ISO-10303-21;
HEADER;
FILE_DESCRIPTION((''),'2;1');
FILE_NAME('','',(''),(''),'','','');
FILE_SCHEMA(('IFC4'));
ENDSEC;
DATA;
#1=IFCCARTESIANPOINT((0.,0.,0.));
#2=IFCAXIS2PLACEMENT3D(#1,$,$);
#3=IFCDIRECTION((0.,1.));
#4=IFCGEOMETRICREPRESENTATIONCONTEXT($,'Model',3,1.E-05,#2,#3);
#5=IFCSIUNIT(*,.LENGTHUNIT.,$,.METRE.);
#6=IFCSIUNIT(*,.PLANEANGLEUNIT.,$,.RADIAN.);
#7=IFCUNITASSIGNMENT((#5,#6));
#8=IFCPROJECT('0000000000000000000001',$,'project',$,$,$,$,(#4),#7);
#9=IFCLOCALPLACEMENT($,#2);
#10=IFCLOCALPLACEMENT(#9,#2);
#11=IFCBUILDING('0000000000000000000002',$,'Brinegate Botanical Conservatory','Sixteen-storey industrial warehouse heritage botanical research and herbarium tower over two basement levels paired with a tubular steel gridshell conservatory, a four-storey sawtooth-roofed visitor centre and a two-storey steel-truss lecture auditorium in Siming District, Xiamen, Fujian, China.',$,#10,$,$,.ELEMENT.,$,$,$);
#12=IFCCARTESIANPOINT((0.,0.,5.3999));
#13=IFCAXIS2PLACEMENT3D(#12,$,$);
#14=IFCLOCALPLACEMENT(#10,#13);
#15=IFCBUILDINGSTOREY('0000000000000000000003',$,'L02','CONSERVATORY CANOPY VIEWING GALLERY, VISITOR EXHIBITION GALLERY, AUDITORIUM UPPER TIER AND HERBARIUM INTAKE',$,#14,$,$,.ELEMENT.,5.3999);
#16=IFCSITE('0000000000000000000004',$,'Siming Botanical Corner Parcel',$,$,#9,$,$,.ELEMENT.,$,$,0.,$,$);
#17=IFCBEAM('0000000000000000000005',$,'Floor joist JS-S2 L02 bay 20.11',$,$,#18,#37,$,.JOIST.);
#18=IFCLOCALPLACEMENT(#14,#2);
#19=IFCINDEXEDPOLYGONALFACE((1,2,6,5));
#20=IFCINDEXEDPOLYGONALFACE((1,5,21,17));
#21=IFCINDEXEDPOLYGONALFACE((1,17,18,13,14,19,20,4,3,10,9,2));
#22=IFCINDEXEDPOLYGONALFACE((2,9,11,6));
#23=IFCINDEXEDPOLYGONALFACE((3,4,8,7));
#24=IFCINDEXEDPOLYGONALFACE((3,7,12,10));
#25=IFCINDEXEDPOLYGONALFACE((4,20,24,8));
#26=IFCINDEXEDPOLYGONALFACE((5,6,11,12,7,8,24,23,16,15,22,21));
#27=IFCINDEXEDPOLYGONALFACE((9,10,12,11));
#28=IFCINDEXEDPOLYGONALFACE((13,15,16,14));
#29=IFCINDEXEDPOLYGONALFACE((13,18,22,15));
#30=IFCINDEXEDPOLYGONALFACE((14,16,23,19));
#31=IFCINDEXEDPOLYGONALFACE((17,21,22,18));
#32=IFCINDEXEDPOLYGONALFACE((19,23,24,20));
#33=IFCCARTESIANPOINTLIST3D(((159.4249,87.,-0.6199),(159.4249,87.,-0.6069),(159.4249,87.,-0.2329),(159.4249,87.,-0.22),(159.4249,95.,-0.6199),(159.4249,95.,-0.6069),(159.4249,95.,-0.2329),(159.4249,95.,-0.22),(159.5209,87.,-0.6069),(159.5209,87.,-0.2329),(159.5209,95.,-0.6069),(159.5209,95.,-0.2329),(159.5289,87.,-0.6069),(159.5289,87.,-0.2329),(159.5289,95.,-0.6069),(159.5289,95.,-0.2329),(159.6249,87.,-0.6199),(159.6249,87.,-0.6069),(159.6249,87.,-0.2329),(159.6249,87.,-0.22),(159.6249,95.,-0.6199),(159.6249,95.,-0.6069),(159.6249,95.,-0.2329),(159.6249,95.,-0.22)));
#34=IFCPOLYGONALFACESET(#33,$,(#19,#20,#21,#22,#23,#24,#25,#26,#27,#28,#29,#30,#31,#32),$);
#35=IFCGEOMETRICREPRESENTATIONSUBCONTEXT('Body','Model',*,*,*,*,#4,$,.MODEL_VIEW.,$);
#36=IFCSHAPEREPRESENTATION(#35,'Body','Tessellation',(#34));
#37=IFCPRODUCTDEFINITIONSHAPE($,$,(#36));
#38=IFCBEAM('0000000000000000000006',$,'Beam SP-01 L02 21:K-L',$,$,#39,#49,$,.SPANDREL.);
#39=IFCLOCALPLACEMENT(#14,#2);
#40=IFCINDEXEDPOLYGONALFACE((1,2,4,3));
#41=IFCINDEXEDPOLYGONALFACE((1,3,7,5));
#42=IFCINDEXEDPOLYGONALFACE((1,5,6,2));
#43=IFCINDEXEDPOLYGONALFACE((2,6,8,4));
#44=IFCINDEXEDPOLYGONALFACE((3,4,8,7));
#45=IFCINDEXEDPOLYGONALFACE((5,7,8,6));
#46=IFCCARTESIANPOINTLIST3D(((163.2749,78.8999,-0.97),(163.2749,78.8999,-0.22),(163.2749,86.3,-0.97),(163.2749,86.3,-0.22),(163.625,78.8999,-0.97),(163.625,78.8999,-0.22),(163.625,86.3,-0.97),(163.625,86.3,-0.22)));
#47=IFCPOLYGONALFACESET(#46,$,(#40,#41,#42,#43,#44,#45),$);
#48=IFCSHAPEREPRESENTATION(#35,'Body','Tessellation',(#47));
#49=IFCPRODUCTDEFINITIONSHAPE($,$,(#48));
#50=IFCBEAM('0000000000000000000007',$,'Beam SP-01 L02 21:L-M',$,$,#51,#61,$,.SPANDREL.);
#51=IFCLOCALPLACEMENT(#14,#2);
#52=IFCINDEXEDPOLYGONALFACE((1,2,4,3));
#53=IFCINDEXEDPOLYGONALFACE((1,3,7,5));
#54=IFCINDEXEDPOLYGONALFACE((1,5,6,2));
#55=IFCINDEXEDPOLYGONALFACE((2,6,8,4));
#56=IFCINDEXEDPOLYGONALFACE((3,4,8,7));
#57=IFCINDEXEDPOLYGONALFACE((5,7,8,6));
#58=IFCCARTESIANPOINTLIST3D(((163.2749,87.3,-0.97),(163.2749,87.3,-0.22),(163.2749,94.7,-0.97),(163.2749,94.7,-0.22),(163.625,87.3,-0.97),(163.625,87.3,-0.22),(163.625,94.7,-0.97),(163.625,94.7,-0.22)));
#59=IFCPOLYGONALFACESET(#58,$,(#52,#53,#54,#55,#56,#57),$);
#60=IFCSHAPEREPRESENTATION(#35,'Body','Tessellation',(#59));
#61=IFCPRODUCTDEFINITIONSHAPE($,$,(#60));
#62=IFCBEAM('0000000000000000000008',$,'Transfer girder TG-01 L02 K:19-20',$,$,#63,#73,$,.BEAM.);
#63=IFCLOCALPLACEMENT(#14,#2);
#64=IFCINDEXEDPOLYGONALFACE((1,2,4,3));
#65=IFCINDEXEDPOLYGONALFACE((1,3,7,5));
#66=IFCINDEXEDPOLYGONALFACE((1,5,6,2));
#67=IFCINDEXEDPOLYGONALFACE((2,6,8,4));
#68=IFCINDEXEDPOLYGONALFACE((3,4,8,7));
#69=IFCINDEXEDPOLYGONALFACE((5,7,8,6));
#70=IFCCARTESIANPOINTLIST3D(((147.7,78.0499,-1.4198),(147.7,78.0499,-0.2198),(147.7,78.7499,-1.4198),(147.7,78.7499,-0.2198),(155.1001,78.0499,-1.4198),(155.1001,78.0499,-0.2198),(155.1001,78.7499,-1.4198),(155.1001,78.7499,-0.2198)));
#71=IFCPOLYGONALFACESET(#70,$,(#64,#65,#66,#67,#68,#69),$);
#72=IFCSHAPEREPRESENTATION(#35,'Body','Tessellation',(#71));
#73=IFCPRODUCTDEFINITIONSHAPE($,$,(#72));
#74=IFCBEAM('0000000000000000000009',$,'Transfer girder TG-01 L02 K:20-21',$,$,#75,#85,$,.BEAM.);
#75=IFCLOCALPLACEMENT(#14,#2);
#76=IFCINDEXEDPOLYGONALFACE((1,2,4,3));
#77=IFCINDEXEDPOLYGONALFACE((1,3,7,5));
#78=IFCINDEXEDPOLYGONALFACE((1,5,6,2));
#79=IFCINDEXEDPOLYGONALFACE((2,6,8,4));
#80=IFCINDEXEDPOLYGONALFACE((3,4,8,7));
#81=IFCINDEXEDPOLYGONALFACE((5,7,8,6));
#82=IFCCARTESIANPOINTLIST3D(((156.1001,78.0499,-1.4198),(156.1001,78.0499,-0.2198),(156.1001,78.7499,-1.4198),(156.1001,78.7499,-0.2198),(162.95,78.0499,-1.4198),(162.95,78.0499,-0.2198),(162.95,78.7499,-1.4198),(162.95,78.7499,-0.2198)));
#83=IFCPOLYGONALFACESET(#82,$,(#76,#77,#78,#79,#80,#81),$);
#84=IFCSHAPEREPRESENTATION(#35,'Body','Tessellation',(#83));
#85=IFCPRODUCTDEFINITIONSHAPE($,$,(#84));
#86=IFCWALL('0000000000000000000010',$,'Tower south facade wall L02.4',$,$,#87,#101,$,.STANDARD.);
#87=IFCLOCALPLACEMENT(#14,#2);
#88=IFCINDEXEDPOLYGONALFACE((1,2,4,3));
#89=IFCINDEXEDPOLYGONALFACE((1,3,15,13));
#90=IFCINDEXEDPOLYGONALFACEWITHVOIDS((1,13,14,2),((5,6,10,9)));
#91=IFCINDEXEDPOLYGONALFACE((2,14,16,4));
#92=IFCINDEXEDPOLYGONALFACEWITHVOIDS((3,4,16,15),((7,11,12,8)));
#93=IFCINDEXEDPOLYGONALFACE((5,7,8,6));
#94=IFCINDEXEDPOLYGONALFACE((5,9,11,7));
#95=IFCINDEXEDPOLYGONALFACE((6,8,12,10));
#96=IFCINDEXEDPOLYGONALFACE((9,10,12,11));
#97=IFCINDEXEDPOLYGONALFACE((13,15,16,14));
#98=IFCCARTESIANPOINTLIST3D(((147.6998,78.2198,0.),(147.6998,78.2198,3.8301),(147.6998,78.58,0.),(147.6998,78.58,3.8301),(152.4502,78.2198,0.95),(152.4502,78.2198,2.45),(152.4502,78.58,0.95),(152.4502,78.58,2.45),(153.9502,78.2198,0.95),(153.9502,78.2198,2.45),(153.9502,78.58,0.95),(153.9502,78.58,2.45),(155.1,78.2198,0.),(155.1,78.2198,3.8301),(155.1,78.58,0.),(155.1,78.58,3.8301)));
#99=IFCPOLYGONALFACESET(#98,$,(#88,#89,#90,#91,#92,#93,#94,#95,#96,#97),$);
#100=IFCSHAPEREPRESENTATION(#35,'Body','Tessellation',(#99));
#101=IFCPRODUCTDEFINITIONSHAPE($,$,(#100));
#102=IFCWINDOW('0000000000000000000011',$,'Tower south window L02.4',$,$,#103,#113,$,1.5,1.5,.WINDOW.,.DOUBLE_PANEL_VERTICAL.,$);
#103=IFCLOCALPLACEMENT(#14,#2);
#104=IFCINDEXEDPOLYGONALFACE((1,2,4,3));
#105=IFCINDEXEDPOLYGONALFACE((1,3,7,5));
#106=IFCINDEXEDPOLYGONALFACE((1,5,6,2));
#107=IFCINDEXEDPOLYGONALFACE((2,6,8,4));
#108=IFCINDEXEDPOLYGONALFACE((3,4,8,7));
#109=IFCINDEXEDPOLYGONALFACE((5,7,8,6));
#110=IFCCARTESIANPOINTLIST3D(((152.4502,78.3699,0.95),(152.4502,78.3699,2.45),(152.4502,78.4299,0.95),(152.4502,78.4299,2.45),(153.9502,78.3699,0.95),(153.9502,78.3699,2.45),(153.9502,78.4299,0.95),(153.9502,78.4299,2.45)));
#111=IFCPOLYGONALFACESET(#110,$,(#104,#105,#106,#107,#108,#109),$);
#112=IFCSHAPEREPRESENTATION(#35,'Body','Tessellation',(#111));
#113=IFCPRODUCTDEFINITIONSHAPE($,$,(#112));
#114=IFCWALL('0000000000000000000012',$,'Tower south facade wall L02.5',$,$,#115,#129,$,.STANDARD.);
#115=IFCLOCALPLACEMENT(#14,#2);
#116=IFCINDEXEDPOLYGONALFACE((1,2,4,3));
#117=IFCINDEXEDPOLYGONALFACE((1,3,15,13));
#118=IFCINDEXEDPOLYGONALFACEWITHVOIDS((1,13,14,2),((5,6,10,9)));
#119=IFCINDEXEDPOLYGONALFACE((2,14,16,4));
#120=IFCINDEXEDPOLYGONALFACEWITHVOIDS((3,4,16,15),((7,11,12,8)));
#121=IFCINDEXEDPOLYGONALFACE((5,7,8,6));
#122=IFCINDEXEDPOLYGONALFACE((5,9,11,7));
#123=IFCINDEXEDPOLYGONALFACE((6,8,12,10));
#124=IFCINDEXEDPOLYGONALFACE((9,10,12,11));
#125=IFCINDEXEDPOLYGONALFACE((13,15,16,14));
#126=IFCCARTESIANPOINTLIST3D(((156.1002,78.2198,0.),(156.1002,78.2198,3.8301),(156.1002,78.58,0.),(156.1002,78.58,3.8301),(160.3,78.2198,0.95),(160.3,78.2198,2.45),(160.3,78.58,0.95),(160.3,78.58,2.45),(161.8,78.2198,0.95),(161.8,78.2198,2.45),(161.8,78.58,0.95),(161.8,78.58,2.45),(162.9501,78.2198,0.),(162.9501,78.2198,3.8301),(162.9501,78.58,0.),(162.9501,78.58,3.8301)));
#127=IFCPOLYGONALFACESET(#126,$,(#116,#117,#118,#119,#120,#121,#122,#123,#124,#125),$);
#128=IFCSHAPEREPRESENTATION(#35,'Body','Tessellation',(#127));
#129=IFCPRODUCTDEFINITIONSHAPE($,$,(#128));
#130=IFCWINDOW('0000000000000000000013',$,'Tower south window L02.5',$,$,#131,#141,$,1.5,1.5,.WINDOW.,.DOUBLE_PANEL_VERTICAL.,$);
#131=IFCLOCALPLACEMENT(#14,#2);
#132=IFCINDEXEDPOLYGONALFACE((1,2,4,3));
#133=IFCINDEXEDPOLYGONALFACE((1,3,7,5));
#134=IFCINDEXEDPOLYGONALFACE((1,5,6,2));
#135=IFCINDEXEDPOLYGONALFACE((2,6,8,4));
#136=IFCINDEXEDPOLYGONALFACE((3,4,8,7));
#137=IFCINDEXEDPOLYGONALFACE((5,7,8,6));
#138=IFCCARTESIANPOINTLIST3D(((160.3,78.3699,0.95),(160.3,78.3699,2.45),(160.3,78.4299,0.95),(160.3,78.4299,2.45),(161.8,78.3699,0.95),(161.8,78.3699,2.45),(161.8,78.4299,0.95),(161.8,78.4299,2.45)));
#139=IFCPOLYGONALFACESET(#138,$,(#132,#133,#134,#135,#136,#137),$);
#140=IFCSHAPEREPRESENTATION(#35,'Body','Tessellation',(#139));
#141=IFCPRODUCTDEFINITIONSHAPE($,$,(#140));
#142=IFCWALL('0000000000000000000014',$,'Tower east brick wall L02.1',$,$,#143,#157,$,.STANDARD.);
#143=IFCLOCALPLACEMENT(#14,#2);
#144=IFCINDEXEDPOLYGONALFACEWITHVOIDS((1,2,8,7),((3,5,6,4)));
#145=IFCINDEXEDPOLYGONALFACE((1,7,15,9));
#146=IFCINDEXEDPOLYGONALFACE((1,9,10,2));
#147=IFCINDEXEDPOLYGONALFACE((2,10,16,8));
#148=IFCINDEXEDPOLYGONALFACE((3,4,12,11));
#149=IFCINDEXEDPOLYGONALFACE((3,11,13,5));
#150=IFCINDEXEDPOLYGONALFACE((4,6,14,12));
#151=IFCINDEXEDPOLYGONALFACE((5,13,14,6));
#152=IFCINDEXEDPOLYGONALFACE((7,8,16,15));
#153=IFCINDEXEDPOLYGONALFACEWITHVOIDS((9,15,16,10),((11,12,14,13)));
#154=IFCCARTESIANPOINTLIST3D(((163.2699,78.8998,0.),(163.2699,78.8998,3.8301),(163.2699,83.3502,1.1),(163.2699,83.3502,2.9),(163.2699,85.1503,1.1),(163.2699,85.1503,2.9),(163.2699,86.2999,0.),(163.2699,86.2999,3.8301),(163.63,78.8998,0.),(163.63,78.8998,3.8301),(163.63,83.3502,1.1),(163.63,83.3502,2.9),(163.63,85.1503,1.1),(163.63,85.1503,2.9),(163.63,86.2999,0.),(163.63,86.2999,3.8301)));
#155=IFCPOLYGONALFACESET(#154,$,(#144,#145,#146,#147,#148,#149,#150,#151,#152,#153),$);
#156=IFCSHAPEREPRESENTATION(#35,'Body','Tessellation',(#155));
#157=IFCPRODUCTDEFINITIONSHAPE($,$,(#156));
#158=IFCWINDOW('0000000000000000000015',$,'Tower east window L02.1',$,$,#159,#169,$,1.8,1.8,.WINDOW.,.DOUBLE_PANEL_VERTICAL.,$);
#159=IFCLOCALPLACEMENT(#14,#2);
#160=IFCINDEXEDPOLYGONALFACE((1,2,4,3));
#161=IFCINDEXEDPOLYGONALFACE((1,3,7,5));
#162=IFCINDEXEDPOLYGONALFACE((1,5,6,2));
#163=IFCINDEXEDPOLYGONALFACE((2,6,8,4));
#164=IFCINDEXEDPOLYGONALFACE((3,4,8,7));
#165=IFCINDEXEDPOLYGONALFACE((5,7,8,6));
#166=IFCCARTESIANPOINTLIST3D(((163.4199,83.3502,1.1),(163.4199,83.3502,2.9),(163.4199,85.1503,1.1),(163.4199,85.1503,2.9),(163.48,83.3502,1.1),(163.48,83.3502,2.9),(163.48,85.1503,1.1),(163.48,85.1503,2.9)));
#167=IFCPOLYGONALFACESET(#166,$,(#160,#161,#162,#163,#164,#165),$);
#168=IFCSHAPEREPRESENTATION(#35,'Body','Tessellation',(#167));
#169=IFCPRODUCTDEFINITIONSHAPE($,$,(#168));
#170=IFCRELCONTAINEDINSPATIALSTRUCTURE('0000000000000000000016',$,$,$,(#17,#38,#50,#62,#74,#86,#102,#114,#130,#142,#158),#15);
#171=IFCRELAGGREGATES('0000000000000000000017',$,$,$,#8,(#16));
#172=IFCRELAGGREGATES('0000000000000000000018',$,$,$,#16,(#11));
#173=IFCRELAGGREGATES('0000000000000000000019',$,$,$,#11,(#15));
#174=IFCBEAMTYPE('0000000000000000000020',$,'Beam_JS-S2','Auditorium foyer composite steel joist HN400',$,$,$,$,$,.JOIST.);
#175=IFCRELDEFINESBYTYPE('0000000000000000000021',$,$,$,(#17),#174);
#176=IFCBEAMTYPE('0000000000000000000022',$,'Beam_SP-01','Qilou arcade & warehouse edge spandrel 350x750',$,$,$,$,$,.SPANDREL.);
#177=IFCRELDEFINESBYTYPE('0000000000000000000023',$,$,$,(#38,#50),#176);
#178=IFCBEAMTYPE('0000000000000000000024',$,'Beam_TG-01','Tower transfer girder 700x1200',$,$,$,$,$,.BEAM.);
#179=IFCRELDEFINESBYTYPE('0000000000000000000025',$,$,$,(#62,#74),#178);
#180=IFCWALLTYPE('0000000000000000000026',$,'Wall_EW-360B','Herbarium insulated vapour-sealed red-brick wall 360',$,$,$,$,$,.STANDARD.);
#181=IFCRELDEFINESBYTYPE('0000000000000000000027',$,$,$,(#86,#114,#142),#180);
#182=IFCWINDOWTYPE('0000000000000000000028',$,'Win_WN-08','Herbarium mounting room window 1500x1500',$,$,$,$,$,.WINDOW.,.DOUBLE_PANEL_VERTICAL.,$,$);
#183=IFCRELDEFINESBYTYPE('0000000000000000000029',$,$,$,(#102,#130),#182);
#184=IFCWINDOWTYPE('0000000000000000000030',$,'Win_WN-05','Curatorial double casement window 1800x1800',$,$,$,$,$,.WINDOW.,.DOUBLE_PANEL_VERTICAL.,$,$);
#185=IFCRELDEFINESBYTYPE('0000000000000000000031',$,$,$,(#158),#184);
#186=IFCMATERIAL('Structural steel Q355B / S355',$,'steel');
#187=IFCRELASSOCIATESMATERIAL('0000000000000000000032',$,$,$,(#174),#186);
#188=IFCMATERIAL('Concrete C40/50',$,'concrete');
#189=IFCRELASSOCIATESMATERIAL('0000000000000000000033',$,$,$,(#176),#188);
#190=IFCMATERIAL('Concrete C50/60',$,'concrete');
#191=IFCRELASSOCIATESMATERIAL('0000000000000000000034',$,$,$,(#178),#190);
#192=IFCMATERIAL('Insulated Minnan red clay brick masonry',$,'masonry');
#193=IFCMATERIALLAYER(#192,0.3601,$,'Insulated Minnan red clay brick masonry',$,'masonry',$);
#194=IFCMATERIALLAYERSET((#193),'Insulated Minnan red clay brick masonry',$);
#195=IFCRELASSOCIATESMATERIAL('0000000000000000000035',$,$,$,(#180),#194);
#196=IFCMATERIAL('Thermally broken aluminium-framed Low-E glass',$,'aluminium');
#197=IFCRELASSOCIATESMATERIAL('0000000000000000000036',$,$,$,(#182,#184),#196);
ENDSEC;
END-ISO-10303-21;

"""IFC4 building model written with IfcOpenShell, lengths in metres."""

from ifc_helpers import new_model, si_unit, direction, frame, frame_2d, origin, origin_2d, place, context, subcontext, project, spatial, rectangle, i_section, extrude, material, layer, layer_set, material_profile, profile_set, type_object, element, fill, save


model = new_model("IFC4")

# Units and contexts
model_context = context("Model", 3, precision=1e-05, world=origin(), true_north=direction((0.0, 1.0)))
body_context = subcontext(model_context, "Body", "Model", "MODEL_VIEW")
ifc_project = project(units=[si_unit("LENGTHUNIT", "METRE"), si_unit("PLANEANGLEUNIT", "RADIAN")], contexts=[model_context])

# Site, building, storey
site_placement = place(None, origin())
site = spatial("IfcSite", under=ifc_project, at=site_placement, Name="Siming Botanical Corner Parcel", CompositionType="ELEMENT", RefElevation=0.0)
building_placement = place(site_placement, origin())
building = spatial("IfcBuilding", under=site, at=building_placement, Name="Brinegate Botanical Conservatory", Description="Sixteen-storey industrial warehouse heritage botanical research and herbarium tower over two basement levels paired with a tubular steel gridshell conservatory, a four-storey sawtooth-roofed visitor centre and a two-storey steel-truss lecture auditorium in Siming District, Xiamen, Fujian, China.", CompositionType="ELEMENT")
storey_placement = place(building_placement, frame((0.0, 0.0, 5.3999)))
storey = spatial("IfcBuildingStorey", under=building, at=storey_placement, Name="L02", Description="CONSERVATORY CANOPY VIEWING GALLERY, VISITOR EXHIBITION GALLERY, AUDITORIUM UPPER TIER AND HERBARIUM INTAKE", CompositionType="ELEMENT", Elevation=5.3999)

# Shared definitions
ifc_material_1 = material(Name="Concrete C50/60", Category="concrete")

# Beams
ifc_material_2 = material(Name="Structural steel Q355B / S355", Category="steel")
ifc_material_profile_1 = material_profile(ifc_material_2, i_section(OverallWidth=0.2, OverallDepth=0.3999, WebThickness=0.0081, FlangeThickness=0.0129, at=origin_2d()), Name="HN 400x200x8x13")
ifc_profile_set_1 = profile_set([ifc_material_profile_1], Name="Structural steel Q355B / S355")
beam_type_1 = type_object("IfcBeamType", Name="Beam_JS-S2", Description="Auditorium foyer composite steel joist HN400", PredefinedType="JOIST", material=ifc_profile_set_1)
beam_1_placement = place(storey_placement, frame((159.5249, 87.0, -0.4199), z_axis=(0.0, 1.0, 0.0), x_axis=(-1.0, 0.0, 0.0)))
element("IfcBeam", 1, at=beam_1_placement, inside=storey, type_object=beam_type_1, Name="Floor joist JS-S2 L02 bay 20.11", PredefinedType="JOIST", context=body_context, shape_type="SweptSolid", body=[
    extrude(i_section(OverallWidth=0.2, OverallDepth=0.3999, WebThickness=0.0081, FlangeThickness=0.0129, at=origin_2d()), origin(), (0.0, 0.0, 1.0), 8.0),
])
ifc_material_3 = material(Name="Concrete C40/50", Category="concrete")
ifc_material_profile_2 = material_profile(ifc_material_3, rectangle(XDim=0.3501, YDim=0.75, at=origin_2d()), Name="RC SPN 350x750")
ifc_profile_set_2 = profile_set([ifc_material_profile_2], Name="Concrete C40/50")
beam_type_2 = type_object("IfcBeamType", Name="Beam_SP-01", Description="Qilou arcade & warehouse edge spandrel 350x750", PredefinedType="SPANDREL", material=ifc_profile_set_2)
beam_2_placement = place(storey_placement, frame((163.45, 78.8999, -0.595), z_axis=(0.0, 1.0, 0.0), x_axis=(-1.0, 0.0, 0.0)))
element("IfcBeam", 2, at=beam_2_placement, inside=storey, type_object=beam_type_2, Name="Beam SP-01 L02 21:K-L", PredefinedType="SPANDREL", context=body_context, shape_type="SweptSolid", body=[
    extrude(rectangle(XDim=0.3501, YDim=0.75, at=origin_2d()), origin(), (0.0, 0.0, 1.0), 7.4001),
])
beam_3_placement = place(storey_placement, frame((163.45, 87.3, -0.595), z_axis=(0.0, 1.0, 0.0), x_axis=(-1.0, 0.0, 0.0)))
element("IfcBeam", 3, at=beam_3_placement, inside=storey, type_object=beam_type_2, Name="Beam SP-01 L02 21:L-M", PredefinedType="SPANDREL", context=body_context, shape_type="SweptSolid", body=[
    extrude(rectangle(XDim=0.3501, YDim=0.75, at=origin_2d()), origin(), (0.0, 0.0, 1.0), 7.3999),
])
ifc_material_profile_3 = material_profile(ifc_material_1, rectangle(XDim=0.7, YDim=1.2, at=origin_2d()), Name="RC TG 700x1200")
ifc_profile_set_3 = profile_set([ifc_material_profile_3], Name="Concrete C50/60")
beam_type_3 = type_object("IfcBeamType", Name="Beam_TG-01", Description="Tower transfer girder 700x1200", PredefinedType="BEAM", material=ifc_profile_set_3)
beam_4_placement = place(storey_placement, frame((147.7, 78.3999, -0.8198), z_axis=(1.0, 0.0, 0.0), x_axis=(0.0, 1.0, 0.0)))
element("IfcBeam", 4, at=beam_4_placement, inside=storey, type_object=beam_type_3, Name="Transfer girder TG-01 L02 K:19-20", PredefinedType="BEAM", context=body_context, shape_type="SweptSolid", body=[
    extrude(rectangle(XDim=0.7, YDim=1.2, at=origin_2d()), origin(), (0.0, 0.0, 1.0), 7.4001),
])
beam_5_placement = place(storey_placement, frame((156.1001, 78.3999, -0.8198), z_axis=(1.0, 0.0, 0.0), x_axis=(0.0, 1.0, 0.0)))
element("IfcBeam", 5, at=beam_5_placement, inside=storey, type_object=beam_type_3, Name="Transfer girder TG-01 L02 K:20-21", PredefinedType="BEAM", context=body_context, shape_type="SweptSolid", body=[
    extrude(rectangle(XDim=0.7, YDim=1.2, at=origin_2d()), origin(), (0.0, 0.0, 1.0), 6.8499),
])

# Walls, openings, windows
ifc_material_4 = material(Name="Insulated Minnan red clay brick masonry", Category="masonry")
ifc_layer_1 = layer(ifc_material_4, 0.3601, Name="Insulated Minnan red clay brick masonry", Category="masonry")
ifc_layer_set_1 = layer_set([ifc_layer_1], Name="Insulated Minnan red clay brick masonry")
wall_type_1 = type_object("IfcWallType", Name="Wall_EW-360B", Description="Herbarium insulated vapour-sealed red-brick wall 360", PredefinedType="STANDARD", material=ifc_layer_set_1)
wall_1_placement = place(storey_placement, frame((155.1001, 78.3999, 0.0), z_axis=(0.0, 0.0, 1.0), x_axis=(-1.0, 0.0, 0.0)))
wall_1 = element("IfcWall", 6, at=wall_1_placement, inside=storey, type_object=wall_type_1, Name="Tower south facade wall L02.4", PredefinedType="STANDARD", context=body_context, shape_type="SweptSolid", body=[
    extrude(rectangle(XDim=7.4001, YDim=0.3601, at=frame_2d((3.7002, 0.0))), origin(), (0.0, 0.0, 1.0), 3.8301),
])
opening_1_placement = place(wall_1_placement, frame((1.1499, 0.0, 0.95)))
opening_1 = element("IfcOpeningElement", 7, at=opening_1_placement, cuts=wall_1, PredefinedType="OPENING", context=body_context, shape_type="SweptSolid", body=[
    extrude(rectangle(XDim=1.5, YDim=1.5, at=frame_2d((0.75, 0.75))), frame((0.0, 0.1899, 0.0), z_axis=(0.0, -1.0, 0.0), x_axis=(1.0, 0.0, 0.0)), (0.0, 0.0, 1.0), 0.3801),
])
ifc_material_5 = material(Name="Thermally broken aluminium-framed Low-E glass", Category="aluminium")
window_type_1 = type_object("IfcWindowType", Name="Win_WN-08", Description="Herbarium mounting room window 1500x1500", PartitioningType="DOUBLE_PANEL_VERTICAL", PredefinedType="WINDOW", material=ifc_material_5)
window_1_placement = place(opening_1_placement, origin())
window_1 = element("IfcWindow", 8, at=window_1_placement, inside=storey, type_object=window_type_1, Name="Tower south window L02.4", OverallHeight=1.5, OverallWidth=1.5, PartitioningType="DOUBLE_PANEL_VERTICAL", PredefinedType="WINDOW", context=body_context, shape_type="SweptSolid", body=[
    extrude(rectangle(XDim=1.5, YDim=1.5, at=frame_2d((0.75, 0.75))), frame((0.0, 0.03, 0.0), z_axis=(0.0, -1.0, 0.0), x_axis=(1.0, 0.0, 0.0)), (0.0, 0.0, 1.0), 0.0601),
])
fill(opening_1, window_1)
wall_2_placement = place(storey_placement, frame((162.95, 78.3999, 0.0), z_axis=(0.0, 0.0, 1.0), x_axis=(-1.0, 0.0, 0.0)))
wall_2 = element("IfcWall", 9, at=wall_2_placement, inside=storey, type_object=wall_type_1, Name="Tower south facade wall L02.5", PredefinedType="STANDARD", context=body_context, shape_type="SweptSolid", body=[
    extrude(rectangle(XDim=6.8499, YDim=0.3601, at=frame_2d((3.4248, 0.0))), origin(), (0.0, 0.0, 1.0), 3.8301),
])
opening_2_placement = place(wall_2_placement, frame((1.1499, 0.0, 0.95)))
opening_2 = element("IfcOpeningElement", 10, at=opening_2_placement, cuts=wall_2, PredefinedType="OPENING", context=body_context, shape_type="SweptSolid", body=[
    extrude(rectangle(XDim=1.5, YDim=1.5, at=frame_2d((0.75, 0.75))), frame((0.0, 0.1899, 0.0), z_axis=(0.0, -1.0, 0.0), x_axis=(1.0, 0.0, 0.0)), (0.0, 0.0, 1.0), 0.3801),
])
window_2_placement = place(opening_2_placement, origin())
window_2 = element("IfcWindow", 11, at=window_2_placement, inside=storey, type_object=window_type_1, Name="Tower south window L02.5", OverallHeight=1.5, OverallWidth=1.5, PartitioningType="DOUBLE_PANEL_VERTICAL", PredefinedType="WINDOW", context=body_context, shape_type="SweptSolid", body=[
    extrude(rectangle(XDim=1.5, YDim=1.5, at=frame_2d((0.75, 0.75))), frame((0.0, 0.03, 0.0), z_axis=(0.0, -1.0, 0.0), x_axis=(1.0, 0.0, 0.0)), (0.0, 0.0, 1.0), 0.0601),
])
fill(opening_2, window_2)
wall_3_placement = place(storey_placement, frame((163.45, 86.3, 0.0), z_axis=(0.0, 0.0, 1.0), x_axis=(0.0, -1.0, 0.0)))
wall_3 = element("IfcWall", 12, at=wall_3_placement, inside=storey, type_object=wall_type_1, Name="Tower east brick wall L02.1", PredefinedType="STANDARD", context=body_context, shape_type="SweptSolid", body=[
    extrude(rectangle(XDim=7.4001, YDim=0.3601, at=frame_2d((3.7002, 0.0))), origin(), (0.0, 0.0, 1.0), 3.8301),
])
opening_3_placement = place(wall_3_placement, frame((1.1499, 0.0, 1.1001)))
opening_3 = element("IfcOpeningElement", 13, at=opening_3_placement, cuts=wall_3, PredefinedType="OPENING", context=body_context, shape_type="SweptSolid", body=[
    extrude(rectangle(XDim=1.8, YDim=1.8, at=frame_2d((0.8999, 0.8999))), frame((0.0, 0.1899, 0.0), z_axis=(0.0, -1.0, 0.0), x_axis=(1.0, 0.0, 0.0)), (0.0, 0.0, 1.0), 0.3801),
])
window_type_2 = type_object("IfcWindowType", Name="Win_WN-05", Description="Curatorial double casement window 1800x1800", PartitioningType="DOUBLE_PANEL_VERTICAL", PredefinedType="WINDOW", material=ifc_material_5)
window_3_placement = place(opening_3_placement, origin())
window_3 = element("IfcWindow", 14, at=window_3_placement, inside=storey, type_object=window_type_2, Name="Tower east window L02.1", OverallHeight=1.8, OverallWidth=1.8, PartitioningType="DOUBLE_PANEL_VERTICAL", PredefinedType="WINDOW", context=body_context, shape_type="SweptSolid", body=[
    extrude(rectangle(XDim=1.8, YDim=1.8, at=frame_2d((0.8999, 0.8999))), frame((0.0, 0.03, 0.0), z_axis=(0.0, -1.0, 0.0), x_axis=(1.0, 0.0, 0.0)), (0.0, 0.0, 1.0), 0.0601),
])
fill(opening_3, window_3)

save(model, "model.ifc")
